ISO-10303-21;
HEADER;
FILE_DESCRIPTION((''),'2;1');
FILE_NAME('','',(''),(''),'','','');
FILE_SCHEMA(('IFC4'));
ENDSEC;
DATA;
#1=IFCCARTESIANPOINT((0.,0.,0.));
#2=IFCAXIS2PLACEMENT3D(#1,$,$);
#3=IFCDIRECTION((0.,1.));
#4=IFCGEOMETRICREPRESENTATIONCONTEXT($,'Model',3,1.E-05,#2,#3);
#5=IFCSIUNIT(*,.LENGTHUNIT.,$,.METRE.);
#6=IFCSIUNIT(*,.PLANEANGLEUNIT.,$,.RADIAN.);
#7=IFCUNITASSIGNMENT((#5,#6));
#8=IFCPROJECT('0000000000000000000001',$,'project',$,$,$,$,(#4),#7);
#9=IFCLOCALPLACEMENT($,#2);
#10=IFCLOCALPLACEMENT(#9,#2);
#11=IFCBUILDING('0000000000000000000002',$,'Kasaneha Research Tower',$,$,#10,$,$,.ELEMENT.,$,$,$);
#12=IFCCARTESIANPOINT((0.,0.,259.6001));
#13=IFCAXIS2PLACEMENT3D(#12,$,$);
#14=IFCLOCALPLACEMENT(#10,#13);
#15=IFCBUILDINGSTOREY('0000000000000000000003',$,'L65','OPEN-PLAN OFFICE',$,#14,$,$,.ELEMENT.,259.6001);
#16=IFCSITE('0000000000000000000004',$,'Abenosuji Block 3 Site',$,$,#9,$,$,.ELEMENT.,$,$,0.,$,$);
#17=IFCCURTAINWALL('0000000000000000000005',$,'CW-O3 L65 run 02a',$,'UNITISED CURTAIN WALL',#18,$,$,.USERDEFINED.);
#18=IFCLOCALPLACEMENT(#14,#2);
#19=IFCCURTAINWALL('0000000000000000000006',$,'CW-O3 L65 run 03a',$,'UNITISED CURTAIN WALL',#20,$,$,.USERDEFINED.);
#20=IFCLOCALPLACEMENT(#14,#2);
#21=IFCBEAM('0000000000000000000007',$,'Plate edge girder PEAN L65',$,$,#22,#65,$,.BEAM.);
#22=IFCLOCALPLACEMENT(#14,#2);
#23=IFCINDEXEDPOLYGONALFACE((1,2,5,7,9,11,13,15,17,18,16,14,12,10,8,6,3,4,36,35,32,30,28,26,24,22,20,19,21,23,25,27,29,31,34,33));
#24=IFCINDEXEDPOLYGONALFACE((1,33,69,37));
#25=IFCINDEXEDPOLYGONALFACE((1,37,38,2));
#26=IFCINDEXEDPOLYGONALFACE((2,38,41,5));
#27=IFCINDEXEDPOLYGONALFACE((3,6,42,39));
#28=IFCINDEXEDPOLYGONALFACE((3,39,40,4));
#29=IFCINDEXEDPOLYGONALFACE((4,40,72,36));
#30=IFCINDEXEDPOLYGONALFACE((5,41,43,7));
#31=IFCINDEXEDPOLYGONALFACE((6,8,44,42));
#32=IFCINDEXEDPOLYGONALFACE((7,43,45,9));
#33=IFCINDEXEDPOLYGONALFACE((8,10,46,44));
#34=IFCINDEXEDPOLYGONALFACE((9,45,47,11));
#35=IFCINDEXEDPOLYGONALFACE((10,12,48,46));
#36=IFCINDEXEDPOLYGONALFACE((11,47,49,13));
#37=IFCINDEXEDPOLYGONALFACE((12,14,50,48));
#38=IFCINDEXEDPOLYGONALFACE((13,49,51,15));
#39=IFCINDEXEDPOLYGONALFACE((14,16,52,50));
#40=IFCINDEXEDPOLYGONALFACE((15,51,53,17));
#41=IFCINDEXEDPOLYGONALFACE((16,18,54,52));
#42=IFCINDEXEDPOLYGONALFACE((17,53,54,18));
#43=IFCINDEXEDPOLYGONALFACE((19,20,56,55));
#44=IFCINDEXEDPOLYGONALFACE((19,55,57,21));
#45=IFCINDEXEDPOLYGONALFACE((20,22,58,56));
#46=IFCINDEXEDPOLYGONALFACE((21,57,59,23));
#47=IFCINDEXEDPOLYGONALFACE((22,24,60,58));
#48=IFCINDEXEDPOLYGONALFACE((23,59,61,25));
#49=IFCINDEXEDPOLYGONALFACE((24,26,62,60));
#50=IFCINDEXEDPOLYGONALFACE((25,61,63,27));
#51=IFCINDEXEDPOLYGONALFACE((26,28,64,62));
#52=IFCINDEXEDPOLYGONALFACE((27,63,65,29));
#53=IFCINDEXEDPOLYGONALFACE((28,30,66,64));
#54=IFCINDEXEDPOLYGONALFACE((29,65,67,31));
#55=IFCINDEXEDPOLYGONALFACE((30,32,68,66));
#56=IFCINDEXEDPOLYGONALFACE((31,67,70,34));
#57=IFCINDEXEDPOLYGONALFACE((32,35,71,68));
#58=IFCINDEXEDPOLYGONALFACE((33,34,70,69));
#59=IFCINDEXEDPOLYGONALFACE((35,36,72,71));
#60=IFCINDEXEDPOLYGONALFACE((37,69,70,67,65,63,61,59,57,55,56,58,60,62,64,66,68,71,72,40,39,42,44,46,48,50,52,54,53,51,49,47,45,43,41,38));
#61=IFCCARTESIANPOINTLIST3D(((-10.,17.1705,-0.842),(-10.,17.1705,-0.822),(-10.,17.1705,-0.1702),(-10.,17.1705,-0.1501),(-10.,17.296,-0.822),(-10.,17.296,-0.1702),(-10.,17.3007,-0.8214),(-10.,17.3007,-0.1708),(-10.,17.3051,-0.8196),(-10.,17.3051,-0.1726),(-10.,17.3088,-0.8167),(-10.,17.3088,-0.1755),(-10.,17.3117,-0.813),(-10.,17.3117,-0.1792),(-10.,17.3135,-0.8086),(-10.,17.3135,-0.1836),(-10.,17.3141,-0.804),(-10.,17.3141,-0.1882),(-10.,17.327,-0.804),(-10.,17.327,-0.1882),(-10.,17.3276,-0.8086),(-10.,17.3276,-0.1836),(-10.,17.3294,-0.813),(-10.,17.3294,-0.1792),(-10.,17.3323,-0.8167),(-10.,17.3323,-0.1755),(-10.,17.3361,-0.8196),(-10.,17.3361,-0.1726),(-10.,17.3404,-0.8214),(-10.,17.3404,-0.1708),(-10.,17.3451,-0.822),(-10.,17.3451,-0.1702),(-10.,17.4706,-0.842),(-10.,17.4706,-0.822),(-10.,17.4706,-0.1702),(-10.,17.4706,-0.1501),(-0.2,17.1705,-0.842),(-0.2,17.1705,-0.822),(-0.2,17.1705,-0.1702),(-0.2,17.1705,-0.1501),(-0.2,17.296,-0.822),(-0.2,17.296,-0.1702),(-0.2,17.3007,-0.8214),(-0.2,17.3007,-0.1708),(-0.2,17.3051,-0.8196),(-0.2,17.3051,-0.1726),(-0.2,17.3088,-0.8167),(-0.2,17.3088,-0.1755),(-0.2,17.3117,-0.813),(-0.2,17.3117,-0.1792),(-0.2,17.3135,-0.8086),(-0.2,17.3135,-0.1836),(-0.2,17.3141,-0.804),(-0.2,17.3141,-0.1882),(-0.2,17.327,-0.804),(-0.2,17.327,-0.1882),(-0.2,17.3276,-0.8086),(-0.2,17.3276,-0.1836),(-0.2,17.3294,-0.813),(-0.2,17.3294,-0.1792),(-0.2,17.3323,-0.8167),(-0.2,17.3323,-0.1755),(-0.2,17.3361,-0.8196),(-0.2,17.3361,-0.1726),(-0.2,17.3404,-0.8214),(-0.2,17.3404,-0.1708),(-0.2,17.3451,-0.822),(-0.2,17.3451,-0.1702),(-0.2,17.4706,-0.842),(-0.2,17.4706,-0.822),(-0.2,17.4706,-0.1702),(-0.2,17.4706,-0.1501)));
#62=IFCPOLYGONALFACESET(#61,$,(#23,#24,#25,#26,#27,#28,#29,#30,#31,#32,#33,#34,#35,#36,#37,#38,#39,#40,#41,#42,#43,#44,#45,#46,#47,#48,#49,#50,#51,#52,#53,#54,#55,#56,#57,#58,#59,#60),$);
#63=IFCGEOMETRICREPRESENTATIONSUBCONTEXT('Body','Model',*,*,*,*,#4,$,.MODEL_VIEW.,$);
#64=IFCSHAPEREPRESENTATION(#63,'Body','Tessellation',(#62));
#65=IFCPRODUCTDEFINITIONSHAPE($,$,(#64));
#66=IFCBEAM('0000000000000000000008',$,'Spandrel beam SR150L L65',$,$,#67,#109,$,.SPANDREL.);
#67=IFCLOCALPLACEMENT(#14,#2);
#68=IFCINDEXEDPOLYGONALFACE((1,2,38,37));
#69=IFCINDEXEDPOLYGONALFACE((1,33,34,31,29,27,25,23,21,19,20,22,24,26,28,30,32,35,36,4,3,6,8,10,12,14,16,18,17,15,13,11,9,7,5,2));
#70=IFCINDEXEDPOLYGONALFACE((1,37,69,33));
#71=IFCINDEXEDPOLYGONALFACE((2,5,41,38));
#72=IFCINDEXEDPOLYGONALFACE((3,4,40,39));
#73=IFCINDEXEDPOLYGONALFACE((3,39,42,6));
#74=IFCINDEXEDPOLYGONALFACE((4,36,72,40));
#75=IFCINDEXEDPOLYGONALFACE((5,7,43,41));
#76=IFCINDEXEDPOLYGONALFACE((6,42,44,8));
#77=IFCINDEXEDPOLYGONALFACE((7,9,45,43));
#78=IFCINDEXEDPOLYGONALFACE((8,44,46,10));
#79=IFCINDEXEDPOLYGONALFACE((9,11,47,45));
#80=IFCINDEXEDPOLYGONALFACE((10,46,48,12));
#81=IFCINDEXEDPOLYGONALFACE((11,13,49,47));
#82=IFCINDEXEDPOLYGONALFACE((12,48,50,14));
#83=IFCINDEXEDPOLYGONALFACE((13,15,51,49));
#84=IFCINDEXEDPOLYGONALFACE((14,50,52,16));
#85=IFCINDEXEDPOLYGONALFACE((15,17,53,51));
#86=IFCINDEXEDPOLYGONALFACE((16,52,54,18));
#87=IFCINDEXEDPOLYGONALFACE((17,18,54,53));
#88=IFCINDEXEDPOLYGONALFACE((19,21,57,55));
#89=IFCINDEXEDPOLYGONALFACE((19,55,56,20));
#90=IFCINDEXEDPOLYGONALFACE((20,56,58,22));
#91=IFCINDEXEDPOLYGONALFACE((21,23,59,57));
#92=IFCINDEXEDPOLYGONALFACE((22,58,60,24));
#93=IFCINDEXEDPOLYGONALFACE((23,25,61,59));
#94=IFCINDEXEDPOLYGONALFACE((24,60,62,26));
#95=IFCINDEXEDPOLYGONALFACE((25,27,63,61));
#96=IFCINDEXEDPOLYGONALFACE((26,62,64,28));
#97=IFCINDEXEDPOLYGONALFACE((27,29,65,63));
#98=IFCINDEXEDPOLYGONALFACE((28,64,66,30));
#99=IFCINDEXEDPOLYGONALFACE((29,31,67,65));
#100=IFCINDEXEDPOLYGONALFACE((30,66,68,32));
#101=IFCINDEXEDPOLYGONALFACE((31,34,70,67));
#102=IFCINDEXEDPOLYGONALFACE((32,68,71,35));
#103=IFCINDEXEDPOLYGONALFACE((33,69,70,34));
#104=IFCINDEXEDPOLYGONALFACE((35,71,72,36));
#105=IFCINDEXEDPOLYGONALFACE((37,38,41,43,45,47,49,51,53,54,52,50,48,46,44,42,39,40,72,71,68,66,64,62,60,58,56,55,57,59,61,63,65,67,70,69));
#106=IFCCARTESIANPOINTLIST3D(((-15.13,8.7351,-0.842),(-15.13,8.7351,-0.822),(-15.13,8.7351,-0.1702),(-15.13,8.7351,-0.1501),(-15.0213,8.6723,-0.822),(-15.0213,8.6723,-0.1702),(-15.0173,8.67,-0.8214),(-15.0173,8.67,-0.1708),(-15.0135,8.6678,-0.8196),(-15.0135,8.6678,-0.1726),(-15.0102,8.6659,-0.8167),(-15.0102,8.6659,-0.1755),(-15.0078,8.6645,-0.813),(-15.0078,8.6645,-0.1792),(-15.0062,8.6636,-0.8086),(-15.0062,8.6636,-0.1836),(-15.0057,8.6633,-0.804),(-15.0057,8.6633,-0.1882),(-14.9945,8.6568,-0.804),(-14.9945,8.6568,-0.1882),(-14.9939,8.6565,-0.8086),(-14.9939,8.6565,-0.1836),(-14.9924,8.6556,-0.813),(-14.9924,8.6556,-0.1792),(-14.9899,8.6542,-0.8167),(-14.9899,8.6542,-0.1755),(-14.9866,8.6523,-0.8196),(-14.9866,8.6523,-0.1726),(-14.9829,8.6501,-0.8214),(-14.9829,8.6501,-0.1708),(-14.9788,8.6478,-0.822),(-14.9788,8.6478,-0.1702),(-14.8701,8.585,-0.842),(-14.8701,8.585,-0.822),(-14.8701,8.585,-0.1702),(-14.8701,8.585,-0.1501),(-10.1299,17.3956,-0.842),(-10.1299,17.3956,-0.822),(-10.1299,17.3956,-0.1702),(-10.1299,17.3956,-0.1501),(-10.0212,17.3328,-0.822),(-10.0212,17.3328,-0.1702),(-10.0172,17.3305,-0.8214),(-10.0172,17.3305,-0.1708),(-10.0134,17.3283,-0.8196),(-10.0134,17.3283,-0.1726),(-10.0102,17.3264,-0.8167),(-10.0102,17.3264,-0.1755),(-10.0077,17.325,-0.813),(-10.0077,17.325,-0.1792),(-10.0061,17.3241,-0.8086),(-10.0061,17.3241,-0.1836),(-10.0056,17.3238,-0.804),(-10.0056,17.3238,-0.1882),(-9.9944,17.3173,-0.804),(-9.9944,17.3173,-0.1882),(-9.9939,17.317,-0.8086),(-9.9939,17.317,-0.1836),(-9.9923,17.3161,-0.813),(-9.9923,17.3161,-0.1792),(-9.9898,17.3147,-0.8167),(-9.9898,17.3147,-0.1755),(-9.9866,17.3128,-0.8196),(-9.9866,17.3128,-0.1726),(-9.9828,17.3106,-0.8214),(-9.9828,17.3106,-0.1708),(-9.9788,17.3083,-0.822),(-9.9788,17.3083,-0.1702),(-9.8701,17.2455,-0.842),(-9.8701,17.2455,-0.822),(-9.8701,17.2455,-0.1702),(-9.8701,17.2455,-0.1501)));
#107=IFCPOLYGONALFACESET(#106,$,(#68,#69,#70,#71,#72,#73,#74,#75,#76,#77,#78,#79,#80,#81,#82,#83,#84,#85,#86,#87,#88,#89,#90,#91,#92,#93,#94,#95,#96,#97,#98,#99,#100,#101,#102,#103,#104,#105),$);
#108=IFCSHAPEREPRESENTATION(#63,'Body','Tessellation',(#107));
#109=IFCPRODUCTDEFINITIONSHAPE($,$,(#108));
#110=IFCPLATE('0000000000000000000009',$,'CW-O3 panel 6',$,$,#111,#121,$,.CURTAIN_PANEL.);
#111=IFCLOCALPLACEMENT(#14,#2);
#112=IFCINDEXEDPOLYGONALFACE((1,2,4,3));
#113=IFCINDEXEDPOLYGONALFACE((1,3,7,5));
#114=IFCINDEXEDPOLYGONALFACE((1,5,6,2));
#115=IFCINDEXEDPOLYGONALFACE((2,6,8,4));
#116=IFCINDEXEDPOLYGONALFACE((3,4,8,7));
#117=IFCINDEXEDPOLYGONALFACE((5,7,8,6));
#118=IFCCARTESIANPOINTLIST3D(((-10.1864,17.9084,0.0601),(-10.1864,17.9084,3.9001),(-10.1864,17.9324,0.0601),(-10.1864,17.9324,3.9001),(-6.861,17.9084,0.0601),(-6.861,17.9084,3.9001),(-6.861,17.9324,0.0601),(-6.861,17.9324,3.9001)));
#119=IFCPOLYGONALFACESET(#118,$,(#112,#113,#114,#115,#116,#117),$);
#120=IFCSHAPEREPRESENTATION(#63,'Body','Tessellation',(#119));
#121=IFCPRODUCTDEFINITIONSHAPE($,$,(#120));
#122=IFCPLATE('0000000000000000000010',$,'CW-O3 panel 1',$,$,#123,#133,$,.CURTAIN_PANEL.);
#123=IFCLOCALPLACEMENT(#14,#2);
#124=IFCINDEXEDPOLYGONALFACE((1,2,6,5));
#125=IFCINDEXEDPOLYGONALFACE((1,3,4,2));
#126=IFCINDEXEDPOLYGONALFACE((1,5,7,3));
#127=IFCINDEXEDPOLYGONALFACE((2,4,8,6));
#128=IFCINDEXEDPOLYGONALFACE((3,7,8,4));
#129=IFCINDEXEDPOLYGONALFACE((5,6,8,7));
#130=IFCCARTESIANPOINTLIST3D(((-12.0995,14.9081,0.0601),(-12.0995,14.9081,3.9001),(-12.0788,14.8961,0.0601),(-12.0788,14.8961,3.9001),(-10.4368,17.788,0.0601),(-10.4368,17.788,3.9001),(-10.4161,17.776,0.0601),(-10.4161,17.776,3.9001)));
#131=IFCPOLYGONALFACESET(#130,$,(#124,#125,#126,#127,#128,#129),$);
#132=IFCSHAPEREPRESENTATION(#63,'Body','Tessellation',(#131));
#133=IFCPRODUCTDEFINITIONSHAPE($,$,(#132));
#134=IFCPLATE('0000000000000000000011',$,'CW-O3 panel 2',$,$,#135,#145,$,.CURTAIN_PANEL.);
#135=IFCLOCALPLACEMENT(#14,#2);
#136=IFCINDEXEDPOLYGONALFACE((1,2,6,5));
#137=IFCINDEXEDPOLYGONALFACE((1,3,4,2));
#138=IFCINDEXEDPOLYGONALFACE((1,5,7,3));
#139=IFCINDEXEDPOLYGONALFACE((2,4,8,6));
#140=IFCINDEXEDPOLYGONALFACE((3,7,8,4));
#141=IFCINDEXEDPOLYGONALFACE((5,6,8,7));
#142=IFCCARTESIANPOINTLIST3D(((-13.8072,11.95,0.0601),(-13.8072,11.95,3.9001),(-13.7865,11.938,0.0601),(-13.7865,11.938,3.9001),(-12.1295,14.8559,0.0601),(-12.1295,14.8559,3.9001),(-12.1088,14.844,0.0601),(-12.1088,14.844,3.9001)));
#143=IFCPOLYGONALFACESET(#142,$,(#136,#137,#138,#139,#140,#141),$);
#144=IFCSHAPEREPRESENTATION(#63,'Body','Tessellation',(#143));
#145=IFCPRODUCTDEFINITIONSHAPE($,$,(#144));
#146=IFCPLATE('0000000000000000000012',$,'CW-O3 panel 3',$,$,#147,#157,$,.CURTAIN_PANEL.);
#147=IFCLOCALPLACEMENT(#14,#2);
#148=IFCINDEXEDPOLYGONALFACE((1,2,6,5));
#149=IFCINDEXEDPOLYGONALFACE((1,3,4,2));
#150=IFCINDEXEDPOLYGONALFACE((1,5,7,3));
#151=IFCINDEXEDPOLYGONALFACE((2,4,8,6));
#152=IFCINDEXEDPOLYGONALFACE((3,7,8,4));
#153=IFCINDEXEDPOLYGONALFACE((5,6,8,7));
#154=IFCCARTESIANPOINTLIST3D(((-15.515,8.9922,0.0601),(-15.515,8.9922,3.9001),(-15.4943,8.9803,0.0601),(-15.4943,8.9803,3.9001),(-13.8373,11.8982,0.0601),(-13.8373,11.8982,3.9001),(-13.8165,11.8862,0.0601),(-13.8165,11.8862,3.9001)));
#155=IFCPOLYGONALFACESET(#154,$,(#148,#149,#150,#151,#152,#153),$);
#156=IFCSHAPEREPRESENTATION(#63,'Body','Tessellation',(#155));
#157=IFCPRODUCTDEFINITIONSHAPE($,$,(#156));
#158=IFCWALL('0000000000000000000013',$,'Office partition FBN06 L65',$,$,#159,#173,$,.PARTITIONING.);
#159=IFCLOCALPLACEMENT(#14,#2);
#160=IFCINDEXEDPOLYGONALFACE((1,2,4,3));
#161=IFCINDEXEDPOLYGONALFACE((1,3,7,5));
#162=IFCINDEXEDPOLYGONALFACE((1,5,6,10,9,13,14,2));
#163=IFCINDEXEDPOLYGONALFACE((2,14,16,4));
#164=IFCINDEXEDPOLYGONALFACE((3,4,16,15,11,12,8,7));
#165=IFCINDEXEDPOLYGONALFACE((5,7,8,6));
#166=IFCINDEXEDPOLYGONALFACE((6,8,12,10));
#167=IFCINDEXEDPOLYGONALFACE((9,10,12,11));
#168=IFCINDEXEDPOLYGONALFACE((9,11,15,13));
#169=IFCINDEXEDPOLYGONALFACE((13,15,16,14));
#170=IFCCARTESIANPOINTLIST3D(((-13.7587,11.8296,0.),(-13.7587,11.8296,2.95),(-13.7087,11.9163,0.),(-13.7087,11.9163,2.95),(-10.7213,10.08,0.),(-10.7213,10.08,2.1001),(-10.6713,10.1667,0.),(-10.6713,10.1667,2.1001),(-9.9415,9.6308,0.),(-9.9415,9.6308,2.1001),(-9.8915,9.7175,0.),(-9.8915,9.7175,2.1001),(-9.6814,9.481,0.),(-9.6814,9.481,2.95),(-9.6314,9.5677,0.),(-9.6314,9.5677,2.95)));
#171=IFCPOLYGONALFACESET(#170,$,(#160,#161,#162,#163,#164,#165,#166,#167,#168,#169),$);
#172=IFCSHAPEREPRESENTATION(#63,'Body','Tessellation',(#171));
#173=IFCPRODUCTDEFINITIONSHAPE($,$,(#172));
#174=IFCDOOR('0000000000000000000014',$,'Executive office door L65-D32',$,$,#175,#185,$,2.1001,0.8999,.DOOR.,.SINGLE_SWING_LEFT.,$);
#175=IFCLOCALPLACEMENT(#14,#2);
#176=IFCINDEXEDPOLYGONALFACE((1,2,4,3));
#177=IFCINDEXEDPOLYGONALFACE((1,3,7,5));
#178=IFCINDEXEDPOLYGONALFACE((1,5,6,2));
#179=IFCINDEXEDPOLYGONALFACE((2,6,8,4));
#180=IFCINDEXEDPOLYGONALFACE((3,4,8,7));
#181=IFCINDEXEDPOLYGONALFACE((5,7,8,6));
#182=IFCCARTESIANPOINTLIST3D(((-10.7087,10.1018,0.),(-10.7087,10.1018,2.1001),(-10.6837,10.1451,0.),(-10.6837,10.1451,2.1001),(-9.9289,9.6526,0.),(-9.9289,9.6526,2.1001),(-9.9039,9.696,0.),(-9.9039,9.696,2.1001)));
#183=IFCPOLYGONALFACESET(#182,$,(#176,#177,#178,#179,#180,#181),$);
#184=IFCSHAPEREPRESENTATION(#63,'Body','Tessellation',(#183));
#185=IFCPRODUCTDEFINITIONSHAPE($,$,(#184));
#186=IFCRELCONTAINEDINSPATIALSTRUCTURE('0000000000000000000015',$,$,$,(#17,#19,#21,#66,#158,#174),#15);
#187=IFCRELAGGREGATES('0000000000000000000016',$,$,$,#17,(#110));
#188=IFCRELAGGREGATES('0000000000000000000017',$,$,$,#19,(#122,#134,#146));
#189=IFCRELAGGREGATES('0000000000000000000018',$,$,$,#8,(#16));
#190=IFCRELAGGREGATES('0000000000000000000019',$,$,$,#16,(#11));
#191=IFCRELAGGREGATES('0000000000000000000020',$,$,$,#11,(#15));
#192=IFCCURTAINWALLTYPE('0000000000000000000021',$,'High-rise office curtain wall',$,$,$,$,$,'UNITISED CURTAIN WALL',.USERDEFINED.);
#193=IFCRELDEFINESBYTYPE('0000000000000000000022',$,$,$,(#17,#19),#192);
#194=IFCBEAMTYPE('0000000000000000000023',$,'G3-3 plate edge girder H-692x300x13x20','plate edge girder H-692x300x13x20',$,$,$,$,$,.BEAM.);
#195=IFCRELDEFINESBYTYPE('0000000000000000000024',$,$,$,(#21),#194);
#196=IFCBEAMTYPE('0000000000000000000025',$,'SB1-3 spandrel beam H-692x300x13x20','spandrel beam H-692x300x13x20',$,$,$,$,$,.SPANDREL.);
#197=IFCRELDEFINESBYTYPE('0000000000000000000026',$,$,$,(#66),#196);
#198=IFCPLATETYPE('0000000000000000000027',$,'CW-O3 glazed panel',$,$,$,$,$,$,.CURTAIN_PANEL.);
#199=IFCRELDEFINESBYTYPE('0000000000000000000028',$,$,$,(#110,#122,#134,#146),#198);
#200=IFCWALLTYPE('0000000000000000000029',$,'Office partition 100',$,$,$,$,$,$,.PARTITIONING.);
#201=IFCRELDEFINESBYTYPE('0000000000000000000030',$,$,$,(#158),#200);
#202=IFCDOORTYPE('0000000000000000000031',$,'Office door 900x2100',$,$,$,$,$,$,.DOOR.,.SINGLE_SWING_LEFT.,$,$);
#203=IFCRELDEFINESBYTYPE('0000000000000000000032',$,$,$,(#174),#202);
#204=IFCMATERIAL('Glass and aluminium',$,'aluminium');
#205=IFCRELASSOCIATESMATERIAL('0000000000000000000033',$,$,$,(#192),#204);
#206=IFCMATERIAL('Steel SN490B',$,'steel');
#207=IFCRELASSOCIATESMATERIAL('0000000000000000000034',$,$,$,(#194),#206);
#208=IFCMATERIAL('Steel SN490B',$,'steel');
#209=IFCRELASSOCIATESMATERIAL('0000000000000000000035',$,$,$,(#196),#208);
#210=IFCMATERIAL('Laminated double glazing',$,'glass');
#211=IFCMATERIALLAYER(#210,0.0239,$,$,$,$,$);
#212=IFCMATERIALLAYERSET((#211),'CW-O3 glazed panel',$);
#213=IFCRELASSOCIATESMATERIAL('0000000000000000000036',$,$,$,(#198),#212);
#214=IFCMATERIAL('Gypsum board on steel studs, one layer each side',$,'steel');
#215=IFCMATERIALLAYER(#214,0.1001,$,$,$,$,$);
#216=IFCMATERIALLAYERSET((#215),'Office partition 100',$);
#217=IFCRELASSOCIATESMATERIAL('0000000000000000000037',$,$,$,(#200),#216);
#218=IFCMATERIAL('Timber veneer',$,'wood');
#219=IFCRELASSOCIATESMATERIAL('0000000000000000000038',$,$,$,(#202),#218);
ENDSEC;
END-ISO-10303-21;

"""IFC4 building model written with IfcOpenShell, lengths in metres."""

from ifc_helpers import new_model, si_unit, direction, frame, frame_2d, origin, origin_2d, place, context, subcontext, project, spatial, rectangle, i_section, extrude, material, layer, layer_set, material_profile, profile_set, type_object, element, fill, aggregate, save


model = new_model("IFC4")

# Units and contexts
model_context = context("Model", 3, precision=1e-05, world=origin(), true_north=direction((0.0, 1.0)))
body_context = subcontext(model_context, "Body", "Model", "MODEL_VIEW")
ifc_project = project(units=[si_unit("LENGTHUNIT", "METRE"), si_unit("PLANEANGLEUNIT", "RADIAN")], contexts=[model_context])

# Site, building, storey
site_placement = place(None, origin())
site = spatial("IfcSite", under=ifc_project, at=site_placement, Name="Abenosuji Block 3 Site", CompositionType="ELEMENT", RefElevation=0.0)
building_placement = place(site_placement, origin())
building = spatial("IfcBuilding", under=site, at=building_placement, Name="Kasaneha Research Tower", CompositionType="ELEMENT")
storey_placement = place(building_placement, frame((0.0, 0.0, 259.6001)))
storey = spatial("IfcBuildingStorey", under=building, at=storey_placement, Name="L65", Description="OPEN-PLAN OFFICE", CompositionType="ELEMENT", Elevation=259.6001)

# Curtain walls
ifc_material_1 = material(Name="Glass and aluminium", Category="aluminium")
curtain_wall_type = type_object("IfcCurtainWallType", Name="High-rise office curtain wall", ElementType="UNITISED CURTAIN WALL", PredefinedType="USERDEFINED", material=ifc_material_1)
curtain_wall_1_placement = place(storey_placement, origin())
curtain_wall_1 = element("IfcCurtainWall", 1, at=curtain_wall_1_placement, inside=storey, type_object=curtain_wall_type, Name="CW-O3 L65 run 02a", ObjectType="UNITISED CURTAIN WALL", PredefinedType="USERDEFINED")
curtain_wall_2_placement = place(storey_placement, origin())
curtain_wall_2 = element("IfcCurtainWall", 2, at=curtain_wall_2_placement, inside=storey, type_object=curtain_wall_type, Name="CW-O3 L65 run 03a", ObjectType="UNITISED CURTAIN WALL", PredefinedType="USERDEFINED")

# Beams
ifc_material_2 = material(Name="Steel SN490B", Category="steel")
ifc_material_profile_1 = material_profile(ifc_material_2, i_section(OverallWidth=0.3, OverallDepth=0.6919, WebThickness=0.0129, FlangeThickness=0.02, FilletRadius=0.0181, at=origin_2d()), Name="H-692x300x13x20")
ifc_profile_set_1 = profile_set([ifc_material_profile_1], Name="Steel SN490B")
beam_type_1 = type_object("IfcBeamType", Name="G3-3 plate edge girder H-692x300x13x20", Description="plate edge girder H-692x300x13x20", PredefinedType="BEAM", material=ifc_profile_set_1)
beam_1_placement = place(storey_placement, frame((-10.0, 17.3206, -0.4961), z_axis=(1.0, 0.0, 0.0), x_axis=(0.0, 1.0, 0.0)))
element("IfcBeam", 3, at=beam_1_placement, inside=storey, type_object=beam_type_1, Name="Plate edge girder PEAN L65", PredefinedType="BEAM", context=body_context, shape_type="SweptSolid", body=[
    extrude(i_section(OverallWidth=0.3, OverallDepth=0.6919, WebThickness=0.0129, FlangeThickness=0.02, FilletRadius=0.0181, at=origin_2d()), origin(), (0.0, 0.0, 1.0), 9.8),
])
ifc_material_3 = material(Name="Steel SN490B", Category="steel")
ifc_material_profile_2 = material_profile(ifc_material_3, i_section(OverallWidth=0.3, OverallDepth=0.6919, WebThickness=0.0129, FlangeThickness=0.02, FilletRadius=0.0181, at=origin_2d()), Name="H-692x300x13x20")
ifc_profile_set_2 = profile_set([ifc_material_profile_2], Name="Steel SN490B")
beam_type_2 = type_object("IfcBeamType", Name="SB1-3 spandrel beam H-692x300x13x20", Description="spandrel beam H-692x300x13x20", PredefinedType="SPANDREL", material=ifc_profile_set_2)
beam_2_placement = place(storey_placement, frame((-10.0, 17.3206, -0.4961), z_axis=(-0.499994, -0.866029, 0.0), x_axis=(0.866029, -0.499994, 0.0)))
element("IfcBeam", 4, at=beam_2_placement, inside=storey, type_object=beam_type_2, Name="Spandrel beam SR150L L65", PredefinedType="SPANDREL", context=body_context, shape_type="SweptSolid", body=[
    extrude(i_section(OverallWidth=0.3, OverallDepth=0.6919, WebThickness=0.0129, FlangeThickness=0.02, FilletRadius=0.0181, at=origin_2d()), origin(), (0.0, 0.0, 1.0), 10.0002),
])

# Plates
ifc_material_4 = material(Name="Laminated double glazing", Category="glass")
ifc_layer_1 = layer(ifc_material_4, 0.0239)
ifc_layer_set_1 = layer_set([ifc_layer_1], Name="CW-O3 glazed panel")
plate_type = type_object("IfcPlateType", Name="CW-O3 glazed panel", PredefinedType="CURTAIN_PANEL", material=ifc_layer_set_1)
plate_1_placement = place(storey_placement, frame((-8.5237, 17.9204, 0.0601), z_axis=(0.0, 0.0, 1.0), x_axis=(-1.0, 0.0, 0.0)))
plate_1 = element("IfcPlate", 5, at=plate_1_placement, type_object=plate_type, Name="CW-O3 panel 6", PredefinedType="CURTAIN_PANEL", context=body_context, shape_type="SweptSolid", body=[
    extrude(rectangle(XDim=3.3254, YDim=0.0239, at=origin_2d()), origin(), (0.0, 0.0, 1.0), 3.8401),
])
aggregate(curtain_wall_1, [plate_1])
plate_2_placement = place(storey_placement, frame((-11.2578, 16.342, 0.0601), z_axis=(0.0, 0.0, 1.0), x_axis=(-0.5, -0.866025, 0.0)))
plate_2 = element("IfcPlate", 6, at=plate_2_placement, type_object=plate_type, Name="CW-O3 panel 1", PredefinedType="CURTAIN_PANEL", context=body_context, shape_type="SweptSolid", body=[
    extrude(rectangle(XDim=3.3254, YDim=0.0239, at=origin_2d()), origin(), (0.0, 0.0, 1.0), 3.8401),
])
plate_3_placement = place(storey_placement, frame((-12.958, 13.397, 0.0601), z_axis=(0.0, 0.0, 1.0), x_axis=(-0.5, -0.866025, 0.0)))
plate_3 = element("IfcPlate", 7, at=plate_3_placement, type_object=plate_type, Name="CW-O3 panel 2", PredefinedType="CURTAIN_PANEL", context=body_context, shape_type="SweptSolid", body=[
    extrude(rectangle(XDim=3.3555, YDim=0.0239, at=origin_2d()), origin(), (0.0, 0.0, 1.0), 3.8401),
])
plate_4_placement = place(storey_placement, frame((-14.6658, 10.4392, 0.0601), z_axis=(0.0, 0.0, 1.0), x_axis=(-0.5, -0.866025, 0.0)))
plate_4 = element("IfcPlate", 8, at=plate_4_placement, type_object=plate_type, Name="CW-O3 panel 3", PredefinedType="CURTAIN_PANEL", context=body_context, shape_type="SweptSolid", body=[
    extrude(rectangle(XDim=3.3555, YDim=0.0239, at=origin_2d()), origin(), (0.0, 0.0, 1.0), 3.8401),
])
aggregate(curtain_wall_2, [plate_2, plate_3, plate_4])

# Wall, opening, door
ifc_material_5 = material(Name="Gypsum board on steel studs, one layer each side", Category="steel")
ifc_layer_2 = layer(ifc_material_5, 0.1001)
ifc_layer_set_2 = layer_set([ifc_layer_2], Name="Office partition 100")
wall_type_1 = type_object("IfcWallType", Name="Office partition 100", PredefinedType="PARTITIONING", material=ifc_layer_set_2)
wall_1_placement = place(storey_placement, frame((-9.6565, 9.5244, 0.0), z_axis=(0.0, 0.0, 1.0), x_axis=(-0.866527, 0.499131, 0.0)))
wall_1 = element("IfcWall", 9, at=wall_1_placement, inside=storey, type_object=wall_type_1, Name="Office partition FBN06 L65", PredefinedType="PARTITIONING", context=body_context, shape_type="SweptSolid", body=[
    extrude(rectangle(XDim=4.7053, YDim=0.1001, at=frame_2d((2.3525, 0.0))), origin(), (0.0, 0.0, 1.0), 2.95),
])
opening_1_placement = place(wall_1_placement, frame((0.3, 0.0, 0.0)))
opening_1 = element("IfcOpeningElement", 10, at=opening_1_placement, cuts=wall_1, PredefinedType="OPENING", context=body_context, shape_type="SweptSolid", body=[
    extrude(rectangle(XDim=0.8999, YDim=2.1001, at=frame_2d((0.45, 1.05))), frame((0.0, 0.0601, 0.0), z_axis=(0.0, -1.0, 0.0), x_axis=(1.0, 0.0, 0.0)), (0.0, 0.0, 1.0), 0.1201),
])
ifc_material_6 = material(Name="Timber veneer", Category="wood")
door_type_1 = type_object("IfcDoorType", Name="Office door 900x2100", OperationType="SINGLE_SWING_LEFT", PredefinedType="DOOR", material=ifc_material_6)
door_1_placement = place(opening_1_placement, origin())
door_1 = element("IfcDoor", 11, at=door_1_placement, inside=storey, type_object=door_type_1, Name="Executive office door L65-D32", OperationType="SINGLE_SWING_LEFT", OverallHeight=2.1001, OverallWidth=0.8999, PredefinedType="DOOR", context=body_context, shape_type="SweptSolid", body=[
    extrude(rectangle(XDim=0.8999, YDim=2.1001, at=frame_2d((0.45, 1.05))), frame((0.0, 0.0249, 0.0), z_axis=(0.0, -1.0, 0.0), x_axis=(1.0, 0.0, 0.0)), (0.0, 0.0, 1.0), 0.05),
])
fill(opening_1, door_1)

save(model, "model.ifc")
